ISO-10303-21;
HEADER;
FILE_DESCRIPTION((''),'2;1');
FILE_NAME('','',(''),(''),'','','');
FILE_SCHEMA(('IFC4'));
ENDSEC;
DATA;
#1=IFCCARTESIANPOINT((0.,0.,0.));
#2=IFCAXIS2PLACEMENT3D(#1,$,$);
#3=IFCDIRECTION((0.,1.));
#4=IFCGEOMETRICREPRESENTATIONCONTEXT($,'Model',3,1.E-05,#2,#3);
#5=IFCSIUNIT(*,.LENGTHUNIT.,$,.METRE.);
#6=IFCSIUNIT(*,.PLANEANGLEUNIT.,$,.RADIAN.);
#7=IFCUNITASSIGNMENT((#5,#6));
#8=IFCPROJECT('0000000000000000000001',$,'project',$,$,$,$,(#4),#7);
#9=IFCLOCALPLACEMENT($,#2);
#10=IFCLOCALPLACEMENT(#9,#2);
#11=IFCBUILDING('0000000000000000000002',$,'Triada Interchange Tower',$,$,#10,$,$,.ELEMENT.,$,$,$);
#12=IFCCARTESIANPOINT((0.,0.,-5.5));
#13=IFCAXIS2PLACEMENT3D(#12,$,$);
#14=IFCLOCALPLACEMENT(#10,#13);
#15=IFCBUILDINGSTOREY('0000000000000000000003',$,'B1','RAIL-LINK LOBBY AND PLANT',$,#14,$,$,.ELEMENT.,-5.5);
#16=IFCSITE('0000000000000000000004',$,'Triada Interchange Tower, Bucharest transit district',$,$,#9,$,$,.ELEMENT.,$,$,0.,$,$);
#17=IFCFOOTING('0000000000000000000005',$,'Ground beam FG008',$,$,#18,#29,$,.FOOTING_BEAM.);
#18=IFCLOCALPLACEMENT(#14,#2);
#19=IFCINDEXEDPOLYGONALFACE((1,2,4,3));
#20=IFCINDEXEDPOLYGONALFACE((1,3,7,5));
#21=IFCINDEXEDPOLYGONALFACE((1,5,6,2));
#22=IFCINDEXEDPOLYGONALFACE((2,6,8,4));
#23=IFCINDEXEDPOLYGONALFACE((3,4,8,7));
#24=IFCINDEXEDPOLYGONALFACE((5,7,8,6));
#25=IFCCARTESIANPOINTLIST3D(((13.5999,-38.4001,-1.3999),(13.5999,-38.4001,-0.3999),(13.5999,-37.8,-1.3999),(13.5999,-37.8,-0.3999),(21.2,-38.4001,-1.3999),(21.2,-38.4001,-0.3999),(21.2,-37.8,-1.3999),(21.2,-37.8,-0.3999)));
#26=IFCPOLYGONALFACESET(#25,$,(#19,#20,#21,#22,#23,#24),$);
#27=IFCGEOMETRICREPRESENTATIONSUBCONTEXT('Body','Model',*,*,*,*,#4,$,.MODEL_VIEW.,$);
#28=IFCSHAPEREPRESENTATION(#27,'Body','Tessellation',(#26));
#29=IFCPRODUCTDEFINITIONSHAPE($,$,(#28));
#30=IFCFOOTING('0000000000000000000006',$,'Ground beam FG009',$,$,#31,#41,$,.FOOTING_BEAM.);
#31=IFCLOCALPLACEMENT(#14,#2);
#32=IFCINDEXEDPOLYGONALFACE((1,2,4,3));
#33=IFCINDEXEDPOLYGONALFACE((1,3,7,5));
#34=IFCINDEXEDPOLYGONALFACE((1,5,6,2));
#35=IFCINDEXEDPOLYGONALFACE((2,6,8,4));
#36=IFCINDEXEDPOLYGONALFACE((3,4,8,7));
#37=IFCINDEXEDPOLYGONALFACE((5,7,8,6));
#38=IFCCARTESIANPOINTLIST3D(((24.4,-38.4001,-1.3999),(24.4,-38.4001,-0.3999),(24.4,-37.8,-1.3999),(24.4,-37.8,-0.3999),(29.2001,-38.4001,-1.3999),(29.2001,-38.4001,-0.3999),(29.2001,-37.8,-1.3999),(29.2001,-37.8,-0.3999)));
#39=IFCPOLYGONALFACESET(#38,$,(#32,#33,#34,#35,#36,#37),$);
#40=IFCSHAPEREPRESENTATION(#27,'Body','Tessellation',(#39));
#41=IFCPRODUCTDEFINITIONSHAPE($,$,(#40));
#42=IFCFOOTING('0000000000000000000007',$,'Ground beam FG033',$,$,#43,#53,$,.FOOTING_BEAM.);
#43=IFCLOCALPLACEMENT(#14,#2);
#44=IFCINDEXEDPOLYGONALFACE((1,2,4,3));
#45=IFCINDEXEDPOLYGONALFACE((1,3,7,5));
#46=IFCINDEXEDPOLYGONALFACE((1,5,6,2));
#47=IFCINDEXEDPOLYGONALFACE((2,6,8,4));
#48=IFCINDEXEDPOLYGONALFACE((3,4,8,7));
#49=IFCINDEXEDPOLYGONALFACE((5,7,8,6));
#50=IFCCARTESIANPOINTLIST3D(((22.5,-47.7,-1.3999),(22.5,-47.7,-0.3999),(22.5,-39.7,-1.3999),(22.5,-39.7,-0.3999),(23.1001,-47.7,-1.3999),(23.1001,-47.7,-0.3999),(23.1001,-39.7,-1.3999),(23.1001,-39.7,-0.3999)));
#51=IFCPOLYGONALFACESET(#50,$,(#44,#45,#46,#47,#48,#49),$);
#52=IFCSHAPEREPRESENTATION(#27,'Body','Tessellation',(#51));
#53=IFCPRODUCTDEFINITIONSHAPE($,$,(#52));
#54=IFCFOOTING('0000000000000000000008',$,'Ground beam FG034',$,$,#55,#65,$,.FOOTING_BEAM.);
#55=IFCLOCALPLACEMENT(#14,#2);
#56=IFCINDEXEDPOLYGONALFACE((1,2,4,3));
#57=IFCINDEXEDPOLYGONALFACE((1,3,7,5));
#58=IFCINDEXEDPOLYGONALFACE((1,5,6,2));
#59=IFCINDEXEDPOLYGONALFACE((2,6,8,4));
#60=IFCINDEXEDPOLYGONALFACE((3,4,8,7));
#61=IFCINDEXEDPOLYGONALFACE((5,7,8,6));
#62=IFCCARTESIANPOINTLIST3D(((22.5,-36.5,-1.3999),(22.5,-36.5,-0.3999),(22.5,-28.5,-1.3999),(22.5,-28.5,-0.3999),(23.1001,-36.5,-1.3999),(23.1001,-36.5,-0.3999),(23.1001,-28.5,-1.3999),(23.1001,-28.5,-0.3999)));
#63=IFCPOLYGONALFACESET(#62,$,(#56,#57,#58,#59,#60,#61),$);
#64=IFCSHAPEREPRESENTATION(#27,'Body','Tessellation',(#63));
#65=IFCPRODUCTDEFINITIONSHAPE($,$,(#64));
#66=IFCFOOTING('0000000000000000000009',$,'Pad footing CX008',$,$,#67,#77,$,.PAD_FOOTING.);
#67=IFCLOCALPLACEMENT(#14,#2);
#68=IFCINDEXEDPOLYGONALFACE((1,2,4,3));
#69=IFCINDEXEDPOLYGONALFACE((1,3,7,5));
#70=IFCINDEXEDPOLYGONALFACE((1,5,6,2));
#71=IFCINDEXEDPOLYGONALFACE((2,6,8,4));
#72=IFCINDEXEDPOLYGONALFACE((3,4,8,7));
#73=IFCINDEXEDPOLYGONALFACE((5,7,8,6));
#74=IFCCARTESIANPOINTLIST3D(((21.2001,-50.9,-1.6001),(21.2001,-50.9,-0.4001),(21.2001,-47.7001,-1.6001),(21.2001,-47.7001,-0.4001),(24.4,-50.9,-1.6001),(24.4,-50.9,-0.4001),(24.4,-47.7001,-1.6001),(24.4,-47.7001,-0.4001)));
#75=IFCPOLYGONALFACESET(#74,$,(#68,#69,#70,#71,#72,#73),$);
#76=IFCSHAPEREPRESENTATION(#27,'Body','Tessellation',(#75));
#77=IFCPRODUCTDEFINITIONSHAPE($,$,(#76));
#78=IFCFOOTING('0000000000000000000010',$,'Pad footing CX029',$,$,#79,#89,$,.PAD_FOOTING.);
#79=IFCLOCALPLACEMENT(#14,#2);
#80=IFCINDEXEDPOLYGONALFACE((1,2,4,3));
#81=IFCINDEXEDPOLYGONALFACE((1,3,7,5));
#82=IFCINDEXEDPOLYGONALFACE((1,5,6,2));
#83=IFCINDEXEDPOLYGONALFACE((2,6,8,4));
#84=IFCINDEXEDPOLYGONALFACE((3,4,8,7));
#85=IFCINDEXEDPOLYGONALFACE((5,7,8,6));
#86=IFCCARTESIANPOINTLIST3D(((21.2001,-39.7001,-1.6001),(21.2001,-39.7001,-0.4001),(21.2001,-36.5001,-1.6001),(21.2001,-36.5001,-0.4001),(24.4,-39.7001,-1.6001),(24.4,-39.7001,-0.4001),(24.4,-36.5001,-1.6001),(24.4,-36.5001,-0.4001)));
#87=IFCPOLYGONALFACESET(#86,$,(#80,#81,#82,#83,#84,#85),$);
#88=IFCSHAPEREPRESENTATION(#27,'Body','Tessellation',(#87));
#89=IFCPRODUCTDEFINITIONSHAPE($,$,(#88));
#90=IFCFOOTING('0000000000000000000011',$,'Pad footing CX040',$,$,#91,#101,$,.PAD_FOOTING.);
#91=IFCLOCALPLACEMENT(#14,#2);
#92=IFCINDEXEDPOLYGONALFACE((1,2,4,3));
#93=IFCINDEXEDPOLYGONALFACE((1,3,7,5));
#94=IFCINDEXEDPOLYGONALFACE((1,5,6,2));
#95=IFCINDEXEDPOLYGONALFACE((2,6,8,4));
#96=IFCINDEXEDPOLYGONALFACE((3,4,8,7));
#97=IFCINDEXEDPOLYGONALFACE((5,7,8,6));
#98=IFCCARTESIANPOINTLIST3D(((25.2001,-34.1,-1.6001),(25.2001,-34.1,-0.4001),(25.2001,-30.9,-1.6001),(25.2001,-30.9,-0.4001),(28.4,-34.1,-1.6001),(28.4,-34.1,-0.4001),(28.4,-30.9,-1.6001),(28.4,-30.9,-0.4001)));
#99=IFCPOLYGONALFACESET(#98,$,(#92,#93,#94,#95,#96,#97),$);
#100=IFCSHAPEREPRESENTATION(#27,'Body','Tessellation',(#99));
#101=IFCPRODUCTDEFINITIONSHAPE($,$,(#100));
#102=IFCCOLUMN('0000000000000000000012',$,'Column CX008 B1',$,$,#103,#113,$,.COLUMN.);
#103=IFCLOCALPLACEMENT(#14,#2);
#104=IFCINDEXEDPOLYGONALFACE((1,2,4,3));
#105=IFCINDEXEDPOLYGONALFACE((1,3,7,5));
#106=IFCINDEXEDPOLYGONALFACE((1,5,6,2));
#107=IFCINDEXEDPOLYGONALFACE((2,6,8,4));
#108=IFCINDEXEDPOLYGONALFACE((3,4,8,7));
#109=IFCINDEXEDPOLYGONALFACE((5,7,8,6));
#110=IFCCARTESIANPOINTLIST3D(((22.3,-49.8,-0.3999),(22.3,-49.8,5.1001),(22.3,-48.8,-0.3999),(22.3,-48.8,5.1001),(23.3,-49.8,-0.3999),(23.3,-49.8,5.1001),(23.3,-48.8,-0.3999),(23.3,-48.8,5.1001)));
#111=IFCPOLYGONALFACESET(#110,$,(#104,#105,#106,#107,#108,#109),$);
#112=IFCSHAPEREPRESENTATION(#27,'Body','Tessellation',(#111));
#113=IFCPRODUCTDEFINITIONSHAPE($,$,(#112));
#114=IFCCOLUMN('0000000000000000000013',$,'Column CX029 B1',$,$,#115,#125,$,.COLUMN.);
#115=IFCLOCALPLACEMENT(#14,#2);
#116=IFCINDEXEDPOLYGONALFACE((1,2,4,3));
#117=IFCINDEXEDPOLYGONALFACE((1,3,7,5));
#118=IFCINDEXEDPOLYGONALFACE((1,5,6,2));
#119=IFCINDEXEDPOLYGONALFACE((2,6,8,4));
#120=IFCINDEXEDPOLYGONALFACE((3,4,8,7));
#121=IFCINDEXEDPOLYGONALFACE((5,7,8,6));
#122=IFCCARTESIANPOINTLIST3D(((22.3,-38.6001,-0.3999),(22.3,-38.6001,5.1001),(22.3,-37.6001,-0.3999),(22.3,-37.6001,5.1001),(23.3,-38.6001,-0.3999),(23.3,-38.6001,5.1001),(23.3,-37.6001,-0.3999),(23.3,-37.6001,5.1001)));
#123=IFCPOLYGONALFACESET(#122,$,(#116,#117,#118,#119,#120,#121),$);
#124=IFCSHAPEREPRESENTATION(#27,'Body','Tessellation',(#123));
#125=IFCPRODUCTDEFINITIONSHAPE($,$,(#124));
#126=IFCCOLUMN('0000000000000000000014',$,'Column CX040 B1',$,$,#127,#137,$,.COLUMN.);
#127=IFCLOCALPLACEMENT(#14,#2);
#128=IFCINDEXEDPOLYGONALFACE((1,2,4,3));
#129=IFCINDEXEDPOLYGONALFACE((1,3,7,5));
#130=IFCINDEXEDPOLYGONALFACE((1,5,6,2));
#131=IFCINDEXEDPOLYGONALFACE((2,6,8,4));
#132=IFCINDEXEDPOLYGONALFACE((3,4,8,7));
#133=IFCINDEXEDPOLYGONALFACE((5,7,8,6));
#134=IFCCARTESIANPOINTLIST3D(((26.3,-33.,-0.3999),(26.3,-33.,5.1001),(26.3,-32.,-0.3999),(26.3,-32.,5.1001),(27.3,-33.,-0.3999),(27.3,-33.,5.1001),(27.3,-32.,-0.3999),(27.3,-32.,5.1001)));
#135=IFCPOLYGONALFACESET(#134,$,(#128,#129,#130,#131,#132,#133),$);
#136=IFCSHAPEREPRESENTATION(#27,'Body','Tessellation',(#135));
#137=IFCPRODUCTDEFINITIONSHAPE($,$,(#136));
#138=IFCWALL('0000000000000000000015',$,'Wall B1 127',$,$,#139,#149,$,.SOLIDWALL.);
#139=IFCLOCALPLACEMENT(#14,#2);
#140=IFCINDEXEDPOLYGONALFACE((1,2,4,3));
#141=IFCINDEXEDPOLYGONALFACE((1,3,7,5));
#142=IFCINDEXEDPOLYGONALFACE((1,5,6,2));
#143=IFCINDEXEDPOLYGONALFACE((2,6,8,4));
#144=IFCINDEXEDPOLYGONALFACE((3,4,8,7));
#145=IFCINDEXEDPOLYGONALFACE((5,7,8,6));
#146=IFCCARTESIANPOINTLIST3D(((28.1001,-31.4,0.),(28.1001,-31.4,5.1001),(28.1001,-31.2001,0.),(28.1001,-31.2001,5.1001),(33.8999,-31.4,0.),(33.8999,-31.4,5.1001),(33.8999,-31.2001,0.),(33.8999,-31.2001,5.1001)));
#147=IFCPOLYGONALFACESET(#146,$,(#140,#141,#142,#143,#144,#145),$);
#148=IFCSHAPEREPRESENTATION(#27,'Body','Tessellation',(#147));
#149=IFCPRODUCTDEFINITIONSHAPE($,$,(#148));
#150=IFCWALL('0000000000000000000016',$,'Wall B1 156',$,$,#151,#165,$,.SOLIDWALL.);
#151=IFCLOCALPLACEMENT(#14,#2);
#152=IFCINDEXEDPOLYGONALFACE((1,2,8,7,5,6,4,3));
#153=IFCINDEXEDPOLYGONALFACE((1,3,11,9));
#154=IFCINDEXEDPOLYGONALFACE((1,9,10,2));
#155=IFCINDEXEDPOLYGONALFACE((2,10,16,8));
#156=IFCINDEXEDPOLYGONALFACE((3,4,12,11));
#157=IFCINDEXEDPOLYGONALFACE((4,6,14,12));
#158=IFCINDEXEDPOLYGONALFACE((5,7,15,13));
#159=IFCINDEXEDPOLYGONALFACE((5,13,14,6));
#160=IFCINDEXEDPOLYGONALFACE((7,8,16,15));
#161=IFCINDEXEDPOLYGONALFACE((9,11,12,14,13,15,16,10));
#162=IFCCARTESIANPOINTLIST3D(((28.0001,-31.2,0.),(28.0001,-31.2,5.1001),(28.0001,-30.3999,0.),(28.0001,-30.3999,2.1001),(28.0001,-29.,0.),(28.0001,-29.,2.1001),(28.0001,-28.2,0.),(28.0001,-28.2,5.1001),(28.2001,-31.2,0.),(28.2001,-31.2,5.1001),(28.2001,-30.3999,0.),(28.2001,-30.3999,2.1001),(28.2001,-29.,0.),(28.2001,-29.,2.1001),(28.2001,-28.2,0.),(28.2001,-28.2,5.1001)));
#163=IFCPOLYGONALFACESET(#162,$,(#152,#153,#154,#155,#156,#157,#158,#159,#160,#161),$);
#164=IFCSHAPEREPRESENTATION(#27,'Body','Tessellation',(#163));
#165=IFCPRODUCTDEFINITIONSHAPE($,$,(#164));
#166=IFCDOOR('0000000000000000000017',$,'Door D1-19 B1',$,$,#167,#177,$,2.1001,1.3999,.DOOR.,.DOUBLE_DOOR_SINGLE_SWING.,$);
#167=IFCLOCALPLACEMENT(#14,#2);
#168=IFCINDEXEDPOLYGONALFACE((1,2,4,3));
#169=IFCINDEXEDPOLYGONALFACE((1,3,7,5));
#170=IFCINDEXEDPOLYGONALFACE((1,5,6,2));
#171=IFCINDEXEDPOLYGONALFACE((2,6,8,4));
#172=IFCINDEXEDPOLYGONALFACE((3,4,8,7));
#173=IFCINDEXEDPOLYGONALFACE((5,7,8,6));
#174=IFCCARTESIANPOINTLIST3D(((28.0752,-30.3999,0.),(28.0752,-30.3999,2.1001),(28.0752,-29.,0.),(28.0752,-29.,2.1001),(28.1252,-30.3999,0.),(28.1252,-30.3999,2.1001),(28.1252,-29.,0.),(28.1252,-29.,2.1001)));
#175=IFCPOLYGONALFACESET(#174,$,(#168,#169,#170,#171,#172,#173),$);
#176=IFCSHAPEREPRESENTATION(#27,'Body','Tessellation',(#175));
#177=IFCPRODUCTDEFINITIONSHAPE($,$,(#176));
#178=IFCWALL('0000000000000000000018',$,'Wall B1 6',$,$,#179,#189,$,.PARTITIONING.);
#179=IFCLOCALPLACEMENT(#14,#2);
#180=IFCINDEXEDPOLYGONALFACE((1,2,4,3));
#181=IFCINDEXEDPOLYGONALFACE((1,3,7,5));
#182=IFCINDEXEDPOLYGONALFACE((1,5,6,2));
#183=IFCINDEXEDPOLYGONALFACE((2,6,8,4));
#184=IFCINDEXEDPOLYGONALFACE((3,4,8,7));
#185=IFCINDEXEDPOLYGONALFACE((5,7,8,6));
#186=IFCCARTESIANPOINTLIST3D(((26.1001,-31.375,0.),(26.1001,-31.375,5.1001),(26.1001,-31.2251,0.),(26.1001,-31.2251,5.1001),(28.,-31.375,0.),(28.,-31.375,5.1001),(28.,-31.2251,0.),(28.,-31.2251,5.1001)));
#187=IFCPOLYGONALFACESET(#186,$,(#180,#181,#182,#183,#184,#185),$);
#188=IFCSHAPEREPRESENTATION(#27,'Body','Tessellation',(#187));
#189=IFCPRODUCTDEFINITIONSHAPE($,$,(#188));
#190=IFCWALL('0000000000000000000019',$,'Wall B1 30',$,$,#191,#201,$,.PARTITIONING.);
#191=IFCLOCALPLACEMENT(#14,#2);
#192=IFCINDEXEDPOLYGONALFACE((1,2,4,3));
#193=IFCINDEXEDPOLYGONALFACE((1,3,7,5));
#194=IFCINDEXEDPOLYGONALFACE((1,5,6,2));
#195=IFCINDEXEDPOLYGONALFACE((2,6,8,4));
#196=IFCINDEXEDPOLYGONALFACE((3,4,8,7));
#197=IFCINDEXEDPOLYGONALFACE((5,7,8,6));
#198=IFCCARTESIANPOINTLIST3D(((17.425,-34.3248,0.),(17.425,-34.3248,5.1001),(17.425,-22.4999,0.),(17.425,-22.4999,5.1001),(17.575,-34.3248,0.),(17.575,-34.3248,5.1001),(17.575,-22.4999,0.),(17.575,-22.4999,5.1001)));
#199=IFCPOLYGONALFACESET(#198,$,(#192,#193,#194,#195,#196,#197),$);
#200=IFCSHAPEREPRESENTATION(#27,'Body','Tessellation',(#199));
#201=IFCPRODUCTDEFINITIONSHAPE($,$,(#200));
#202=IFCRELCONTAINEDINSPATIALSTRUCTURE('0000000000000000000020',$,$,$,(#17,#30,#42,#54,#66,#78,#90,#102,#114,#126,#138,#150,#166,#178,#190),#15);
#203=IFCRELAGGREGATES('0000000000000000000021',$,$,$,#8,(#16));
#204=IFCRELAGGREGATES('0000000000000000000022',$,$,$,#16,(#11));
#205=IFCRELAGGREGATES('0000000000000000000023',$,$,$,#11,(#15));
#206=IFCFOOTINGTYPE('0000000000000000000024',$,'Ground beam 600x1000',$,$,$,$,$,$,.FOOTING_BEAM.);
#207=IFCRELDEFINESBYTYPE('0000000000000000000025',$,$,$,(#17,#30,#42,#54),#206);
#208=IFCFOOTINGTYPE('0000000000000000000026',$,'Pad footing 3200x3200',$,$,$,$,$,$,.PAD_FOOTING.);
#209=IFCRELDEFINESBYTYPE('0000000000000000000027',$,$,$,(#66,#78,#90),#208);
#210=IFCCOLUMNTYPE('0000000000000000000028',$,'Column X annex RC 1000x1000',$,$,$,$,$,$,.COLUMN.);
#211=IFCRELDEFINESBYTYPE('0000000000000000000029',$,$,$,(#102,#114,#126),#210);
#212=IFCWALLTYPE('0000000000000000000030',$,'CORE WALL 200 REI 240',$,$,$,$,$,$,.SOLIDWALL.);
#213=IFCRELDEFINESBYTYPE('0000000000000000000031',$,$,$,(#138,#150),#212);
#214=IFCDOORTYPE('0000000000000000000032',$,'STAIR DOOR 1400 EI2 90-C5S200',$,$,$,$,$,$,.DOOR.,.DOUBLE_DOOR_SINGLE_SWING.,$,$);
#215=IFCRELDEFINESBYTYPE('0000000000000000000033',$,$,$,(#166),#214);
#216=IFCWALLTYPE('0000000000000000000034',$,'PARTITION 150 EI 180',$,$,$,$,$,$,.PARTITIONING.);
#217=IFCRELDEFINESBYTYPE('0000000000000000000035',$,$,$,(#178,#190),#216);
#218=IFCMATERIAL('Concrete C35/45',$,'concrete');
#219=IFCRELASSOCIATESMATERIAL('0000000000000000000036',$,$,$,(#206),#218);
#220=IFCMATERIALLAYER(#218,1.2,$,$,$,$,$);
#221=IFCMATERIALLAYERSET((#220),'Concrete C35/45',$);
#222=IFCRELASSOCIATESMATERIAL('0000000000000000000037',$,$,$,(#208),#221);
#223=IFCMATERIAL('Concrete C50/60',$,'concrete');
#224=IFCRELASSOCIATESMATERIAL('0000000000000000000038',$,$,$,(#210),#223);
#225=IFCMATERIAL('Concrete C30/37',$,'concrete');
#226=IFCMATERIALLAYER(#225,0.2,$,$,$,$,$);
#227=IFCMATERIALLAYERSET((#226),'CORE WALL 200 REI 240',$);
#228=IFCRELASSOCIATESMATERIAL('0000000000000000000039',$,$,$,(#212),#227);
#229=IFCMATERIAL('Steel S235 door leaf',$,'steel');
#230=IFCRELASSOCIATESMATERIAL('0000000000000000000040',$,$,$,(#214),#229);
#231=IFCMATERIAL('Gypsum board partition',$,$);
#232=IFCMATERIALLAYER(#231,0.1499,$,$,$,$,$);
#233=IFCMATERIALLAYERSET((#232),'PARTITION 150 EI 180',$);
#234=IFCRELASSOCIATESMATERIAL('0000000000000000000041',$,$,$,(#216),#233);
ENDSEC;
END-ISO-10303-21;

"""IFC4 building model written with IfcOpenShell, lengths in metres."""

from ifc_helpers import new_model, si_unit, direction, frame, frame_2d, origin, origin_2d, place, context, subcontext, project, spatial, rectangle, extrude, material, layer, layer_set, material_profile, profile_set, type_object, element, fill, save


model = new_model("IFC4")

# Units and contexts
model_context = context("Model", 3, precision=1e-05, world=origin(), true_north=direction((0.0, 1.0)))
body_context = subcontext(model_context, "Body", "Model", "MODEL_VIEW")
ifc_project = project(units=[si_unit("LENGTHUNIT", "METRE"), si_unit("PLANEANGLEUNIT", "RADIAN")], contexts=[model_context])

# Site, building, storey
site_placement = place(None, origin())
site = spatial("IfcSite", under=ifc_project, at=site_placement, Name="Triada Interchange Tower, Bucharest transit district", CompositionType="ELEMENT", RefElevation=0.0)
building_placement = place(site_placement, origin())
building = spatial("IfcBuilding", under=site, at=building_placement, Name="Triada Interchange Tower", CompositionType="ELEMENT")
storey_placement = place(building_placement, frame((0.0, 0.0, -5.5)))
storey = spatial("IfcBuildingStorey", under=building, at=storey_placement, Name="B1", Description="RAIL-LINK LOBBY AND PLANT", CompositionType="ELEMENT", Elevation=-5.5)

# Footings
ifc_material_1 = material(Name="Concrete C35/45", Category="concrete")
footing_type_1 = type_object("IfcFootingType", Name="Ground beam 600x1000", PredefinedType="FOOTING_BEAM", material=ifc_material_1)
footing_1_placement = place(storey_placement, frame((17.3999, -38.1001, -1.3999), z_axis=(0.0, 0.0, 1.0), x_axis=(1.0, 0.0, 0.0)))
element("IfcFooting", 1, at=footing_1_placement, inside=storey, type_object=footing_type_1, Name="Ground beam FG008", PredefinedType="FOOTING_BEAM", context=body_context, shape_type="SweptSolid", body=[
    extrude(rectangle(XDim=7.6001, YDim=0.6001, at=origin_2d()), origin(), (0.0, 0.0, 1.0), 1.0),
])
footing_2_placement = place(storey_placement, frame((26.8, -38.1001, -1.3999), z_axis=(0.0, 0.0, 1.0), x_axis=(1.0, 0.0, 0.0)))
element("IfcFooting", 2, at=footing_2_placement, inside=storey, type_object=footing_type_1, Name="Ground beam FG009", PredefinedType="FOOTING_BEAM", context=body_context, shape_type="SweptSolid", body=[
    extrude(rectangle(XDim=4.8, YDim=0.6001, at=origin_2d()), origin(), (0.0, 0.0, 1.0), 1.0),
])
for number, where, z_axis, x_axis, name in (
    (3, (22.8, -43.7, -1.3999), (0.0, 0.0, 1.0), (1.0, 0.0, 0.0), "Ground beam FG033"),
    (4, (22.8, -32.5, -1.3999), (0.0, 0.0, 1.0), (1.0, 0.0, 0.0), "Ground beam FG034"),
):
    element("IfcFooting", number, at=place(storey_placement, frame(where, z_axis=z_axis, x_axis=x_axis)), inside=storey, type_object=footing_type_1, Name=name, PredefinedType="FOOTING_BEAM", context=body_context, shape_type="SweptSolid", body=[
        extrude(rectangle(XDim=0.6001, YDim=8.0, at=origin_2d()), origin(), (0.0, 0.0, 1.0), 1.0),
    ])
ifc_layer_1 = layer(ifc_material_1, 1.2)
ifc_layer_set_1 = layer_set([ifc_layer_1], Name="Concrete C35/45")
footing_type_2 = type_object("IfcFootingType", Name="Pad footing 3200x3200", PredefinedType="PAD_FOOTING", material=ifc_layer_set_1)
for number, where, z_axis, x_axis, name in (
    (5, (22.8, -49.3, -1.6001), (0.0, 0.0, 1.0), (1.0, 0.0, 0.0), "Pad footing CX008"),
    (6, (22.8, -38.1001, -1.6001), (0.0, 0.0, 1.0), (1.0, 0.0, 0.0), "Pad footing CX029"),
    (7, (26.8, -32.5, -1.6001), (0.0, 0.0, 1.0), (1.0, 0.0, 0.0), "Pad footing CX040"),
):
    element("IfcFooting", number, at=place(storey_placement, frame(where, z_axis=z_axis, x_axis=x_axis)), inside=storey, type_object=footing_type_2, Name=name, PredefinedType="PAD_FOOTING", context=body_context, shape_type="SweptSolid", body=[
        extrude(rectangle(XDim=3.2, YDim=3.2, at=origin_2d()), origin(), (0.0, 0.0, 1.0), 1.2),
    ])

# Columns
ifc_material_2 = material(Name="Concrete C50/60", Category="concrete")
ifc_material_profile = material_profile(ifc_material_2, rectangle(XDim=1.0, YDim=1.0, at=origin_2d()), Name="RC 1000x1000")
ifc_profile_set = profile_set([ifc_material_profile], Name="Concrete C50/60")
column_type = type_object("IfcColumnType", Name="Column X annex RC 1000x1000", PredefinedType="COLUMN", material=ifc_profile_set)
for number, where, z_axis, x_axis, name in (
    (8, (22.8, -49.3, -0.3999), (0.0, 0.0, 1.0), (1.0, 0.0, 0.0), "Column CX008 B1"),
    (9, (22.8, -38.1001, -0.3999), (0.0, 0.0, 1.0), (1.0, 0.0, 0.0), "Column CX029 B1"),
    (10, (26.8, -32.5, -0.3999), (0.0, 0.0, 1.0), (1.0, 0.0, 0.0), "Column CX040 B1"),
):
    element("IfcColumn", number, at=place(storey_placement, frame(where, z_axis=z_axis, x_axis=x_axis)), inside=storey, type_object=column_type, Name=name, PredefinedType="COLUMN", context=body_context, shape_type="SweptSolid", body=[
        extrude(rectangle(XDim=1.0, YDim=1.0, at=origin_2d()), origin(), (0.0, 0.0, 1.0), 5.5),
    ])

# Wall
ifc_material_3 = material(Name="Concrete C30/37", Category="concrete")
ifc_layer_2 = layer(ifc_material_3, 0.2)
ifc_layer_set_2 = layer_set([ifc_layer_2], Name="CORE WALL 200 REI 240")
wall_type_1 = type_object("IfcWallType", Name="CORE WALL 200 REI 240", PredefinedType="SOLIDWALL", material=ifc_layer_set_2)
wall_1_placement = place(storey_placement, frame((28.1001, -31.3, 0.0), z_axis=(0.0, 0.0, 1.0), x_axis=(1.0, 0.0, 0.0)))
element("IfcWall", 11, at=wall_1_placement, inside=storey, type_object=wall_type_1, Name="Wall B1 127", PredefinedType="SOLIDWALL", context=body_context, shape_type="SweptSolid", body=[
    extrude(rectangle(XDim=5.7998, YDim=0.2, at=frame_2d((2.8999, 0.0))), origin(), (0.0, 0.0, 1.0), 5.1001),
])

# Wall, opening, door
wall_2_placement = place(storey_placement, frame((28.1001, -31.2, 0.0), z_axis=(0.0, 0.0, 1.0), x_axis=(0.0, 1.0, 0.0)))
wall_2 = element("IfcWall", 12, at=wall_2_placement, inside=storey, type_object=wall_type_1, Name="Wall B1 156", PredefinedType="SOLIDWALL", context=body_context, shape_type="SweptSolid", body=[
    extrude(rectangle(XDim=3.0, YDim=0.2, at=frame_2d((1.5, 0.0))), origin(), (0.0, 0.0, 1.0), 5.1001),
])
opening_1_placement = place(wall_2_placement, frame((0.8, 0.0, 0.0)))
opening_1 = element("IfcOpeningElement", 13, at=opening_1_placement, cuts=wall_2, PredefinedType="OPENING", context=body_context, shape_type="SweptSolid", body=[
    extrude(rectangle(XDim=1.3999, YDim=2.1001, at=frame_2d((0.7, 1.05))), frame((0.0, 0.1099, 0.0), z_axis=(0.0, -1.0, 0.0), x_axis=(1.0, 0.0, 0.0)), (0.0, 0.0, 1.0), 0.22),
])
ifc_material_4 = material(Name="Steel S235 door leaf", Category="steel")
door_type = type_object("IfcDoorType", Name="STAIR DOOR 1400 EI2 90-C5S200", OperationType="DOUBLE_DOOR_SINGLE_SWING", PredefinedType="DOOR", material=ifc_material_4)
door_1_placement = place(opening_1_placement, origin())
door_1 = element("IfcDoor", 14, at=door_1_placement, inside=storey, type_object=door_type, Name="Door D1-19 B1", OperationType="DOUBLE_DOOR_SINGLE_SWING", OverallHeight=2.1001, OverallWidth=1.3999, PredefinedType="DOOR", context=body_context, shape_type="SweptSolid", body=[
    extrude(rectangle(XDim=1.3999, YDim=2.1001, at=frame_2d((0.7, 1.05))), frame((0.0, 0.0249, 0.0), z_axis=(0.0, -1.0, 0.0), x_axis=(1.0, 0.0, 0.0)), (0.0, 0.0, 1.0), 0.05),
])
fill(opening_1, door_1)

# Walls
ifc_material_5 = material(Name="Gypsum board partition")
ifc_layer_3 = layer(ifc_material_5, 0.1499)
ifc_layer_set_3 = layer_set([ifc_layer_3], Name="PARTITION 150 EI 180")
wall_type_2 = type_object("IfcWallType", Name="PARTITION 150 EI 180", PredefinedType="PARTITIONING", material=ifc_layer_set_3)
wall_3_placement = place(storey_placement, frame((26.1001, -31.3, 0.0), z_axis=(0.0, 0.0, 1.0), x_axis=(1.0, 0.0, 0.0)))
element("IfcWall", 15, at=wall_3_placement, inside=storey, type_object=wall_type_2, Name="Wall B1 6", PredefinedType="PARTITIONING", context=body_context, shape_type="SweptSolid", body=[
    extrude(rectangle(XDim=1.8999, YDim=0.1499, at=frame_2d((0.95, 0.0))), origin(), (0.0, 0.0, 1.0), 5.1001),
])
wall_4_placement = place(storey_placement, frame((17.5, -34.325, 0.0), z_axis=(0.0, 0.0, 1.0), x_axis=(0.0, 1.0, 0.0)))
element("IfcWall", 16, at=wall_4_placement, inside=storey, type_object=wall_type_2, Name="Wall B1 30", PredefinedType="PARTITIONING", context=body_context, shape_type="SweptSolid", body=[
    extrude(rectangle(XDim=11.825, YDim=0.1499, at=frame_2d((5.9126, 0.0))), origin(), (0.0, 0.0, 1.0), 5.1001),
])

save(model, "model.ifc")
